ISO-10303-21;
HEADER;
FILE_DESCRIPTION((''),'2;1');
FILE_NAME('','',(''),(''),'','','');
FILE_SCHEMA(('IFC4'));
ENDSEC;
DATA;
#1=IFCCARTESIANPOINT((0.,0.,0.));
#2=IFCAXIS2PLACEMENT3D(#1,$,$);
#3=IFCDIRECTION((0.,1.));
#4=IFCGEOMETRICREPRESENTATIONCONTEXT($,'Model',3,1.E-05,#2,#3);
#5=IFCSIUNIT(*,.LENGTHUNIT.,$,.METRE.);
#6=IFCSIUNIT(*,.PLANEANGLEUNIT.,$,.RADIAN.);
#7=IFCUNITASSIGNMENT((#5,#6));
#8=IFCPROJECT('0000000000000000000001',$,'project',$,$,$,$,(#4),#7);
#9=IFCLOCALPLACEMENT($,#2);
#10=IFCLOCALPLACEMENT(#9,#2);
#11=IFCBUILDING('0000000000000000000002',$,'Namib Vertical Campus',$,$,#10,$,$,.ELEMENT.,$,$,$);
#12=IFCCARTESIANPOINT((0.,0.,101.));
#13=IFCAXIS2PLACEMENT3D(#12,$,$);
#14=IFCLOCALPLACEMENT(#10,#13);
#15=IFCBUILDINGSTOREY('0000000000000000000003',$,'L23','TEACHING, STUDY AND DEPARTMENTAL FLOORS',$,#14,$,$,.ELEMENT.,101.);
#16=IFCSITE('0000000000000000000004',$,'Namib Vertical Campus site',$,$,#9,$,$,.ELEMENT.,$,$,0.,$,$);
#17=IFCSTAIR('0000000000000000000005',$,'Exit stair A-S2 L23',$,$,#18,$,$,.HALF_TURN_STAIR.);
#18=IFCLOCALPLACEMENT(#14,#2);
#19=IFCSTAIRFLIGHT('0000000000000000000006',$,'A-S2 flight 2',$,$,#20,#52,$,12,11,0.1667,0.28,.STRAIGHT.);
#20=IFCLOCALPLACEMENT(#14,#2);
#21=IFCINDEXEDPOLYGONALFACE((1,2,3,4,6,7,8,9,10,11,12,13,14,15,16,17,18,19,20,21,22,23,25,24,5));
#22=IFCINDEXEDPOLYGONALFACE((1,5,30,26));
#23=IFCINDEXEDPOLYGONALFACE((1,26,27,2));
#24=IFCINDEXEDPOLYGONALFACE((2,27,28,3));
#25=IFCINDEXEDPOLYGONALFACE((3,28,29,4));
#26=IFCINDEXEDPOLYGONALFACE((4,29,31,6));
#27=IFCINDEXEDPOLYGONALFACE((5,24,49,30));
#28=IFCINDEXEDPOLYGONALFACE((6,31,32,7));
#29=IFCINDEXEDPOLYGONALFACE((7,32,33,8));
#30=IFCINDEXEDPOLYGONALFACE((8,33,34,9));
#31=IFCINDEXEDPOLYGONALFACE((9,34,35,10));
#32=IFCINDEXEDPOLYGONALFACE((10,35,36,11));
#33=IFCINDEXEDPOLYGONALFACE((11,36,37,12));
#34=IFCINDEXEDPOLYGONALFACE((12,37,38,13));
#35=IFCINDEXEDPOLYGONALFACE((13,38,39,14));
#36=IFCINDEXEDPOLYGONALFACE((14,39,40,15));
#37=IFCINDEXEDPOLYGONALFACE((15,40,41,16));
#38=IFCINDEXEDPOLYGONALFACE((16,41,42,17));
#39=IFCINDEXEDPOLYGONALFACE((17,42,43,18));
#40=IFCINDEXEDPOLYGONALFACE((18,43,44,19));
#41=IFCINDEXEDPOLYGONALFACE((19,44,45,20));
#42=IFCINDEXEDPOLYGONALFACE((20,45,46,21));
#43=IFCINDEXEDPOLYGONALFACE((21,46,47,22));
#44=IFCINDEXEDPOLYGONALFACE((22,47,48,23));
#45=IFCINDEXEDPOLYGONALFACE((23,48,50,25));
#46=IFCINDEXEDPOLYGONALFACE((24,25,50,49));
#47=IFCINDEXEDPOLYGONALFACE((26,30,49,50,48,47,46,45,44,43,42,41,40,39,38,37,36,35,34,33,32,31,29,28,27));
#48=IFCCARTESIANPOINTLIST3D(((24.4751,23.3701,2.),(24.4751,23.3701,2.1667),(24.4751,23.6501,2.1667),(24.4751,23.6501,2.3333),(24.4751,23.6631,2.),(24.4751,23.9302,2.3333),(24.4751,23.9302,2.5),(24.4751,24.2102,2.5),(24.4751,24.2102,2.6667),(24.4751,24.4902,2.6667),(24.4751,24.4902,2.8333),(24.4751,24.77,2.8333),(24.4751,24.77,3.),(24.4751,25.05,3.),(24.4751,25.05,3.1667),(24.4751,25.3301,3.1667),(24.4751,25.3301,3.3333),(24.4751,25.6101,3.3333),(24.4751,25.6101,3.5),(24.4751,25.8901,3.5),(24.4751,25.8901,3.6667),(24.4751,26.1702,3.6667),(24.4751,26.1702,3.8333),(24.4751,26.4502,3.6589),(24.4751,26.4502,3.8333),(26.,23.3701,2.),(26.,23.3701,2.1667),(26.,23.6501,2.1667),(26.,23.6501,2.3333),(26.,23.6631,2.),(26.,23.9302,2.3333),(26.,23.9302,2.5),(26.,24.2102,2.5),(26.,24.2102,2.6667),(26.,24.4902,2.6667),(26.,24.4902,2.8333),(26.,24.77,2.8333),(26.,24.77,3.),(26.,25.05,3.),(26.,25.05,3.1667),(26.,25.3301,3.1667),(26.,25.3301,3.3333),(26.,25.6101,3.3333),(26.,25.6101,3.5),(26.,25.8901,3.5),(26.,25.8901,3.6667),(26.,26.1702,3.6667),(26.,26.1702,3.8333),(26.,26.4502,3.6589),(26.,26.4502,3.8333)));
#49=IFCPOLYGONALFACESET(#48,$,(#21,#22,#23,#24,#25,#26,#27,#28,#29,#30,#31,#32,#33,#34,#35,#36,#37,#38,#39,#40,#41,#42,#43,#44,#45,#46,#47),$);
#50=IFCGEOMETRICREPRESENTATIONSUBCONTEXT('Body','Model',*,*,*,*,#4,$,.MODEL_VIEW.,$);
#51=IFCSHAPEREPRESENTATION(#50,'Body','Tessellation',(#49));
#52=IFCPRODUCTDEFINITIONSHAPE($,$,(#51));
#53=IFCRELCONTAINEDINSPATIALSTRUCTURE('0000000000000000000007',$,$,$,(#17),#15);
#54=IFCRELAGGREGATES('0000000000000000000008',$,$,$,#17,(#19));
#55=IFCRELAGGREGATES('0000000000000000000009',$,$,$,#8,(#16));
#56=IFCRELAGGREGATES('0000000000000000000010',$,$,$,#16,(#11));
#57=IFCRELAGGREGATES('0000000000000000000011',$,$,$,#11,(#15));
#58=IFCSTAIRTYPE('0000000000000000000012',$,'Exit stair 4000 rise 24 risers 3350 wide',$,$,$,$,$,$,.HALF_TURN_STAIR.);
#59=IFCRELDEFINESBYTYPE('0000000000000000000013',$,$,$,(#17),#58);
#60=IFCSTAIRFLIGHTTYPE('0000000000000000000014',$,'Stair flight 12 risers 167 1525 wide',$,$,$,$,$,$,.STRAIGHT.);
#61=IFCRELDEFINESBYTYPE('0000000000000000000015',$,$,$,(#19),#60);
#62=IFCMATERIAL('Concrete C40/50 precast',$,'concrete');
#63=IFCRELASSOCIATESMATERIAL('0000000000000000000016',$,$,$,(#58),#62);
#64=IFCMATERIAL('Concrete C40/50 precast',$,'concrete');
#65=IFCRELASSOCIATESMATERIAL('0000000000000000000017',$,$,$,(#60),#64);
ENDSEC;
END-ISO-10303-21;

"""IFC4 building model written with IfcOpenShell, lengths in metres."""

from ifc_helpers import new_model, si_unit, direction, frame, origin, place, context, subcontext, project, spatial, polyline, outline, extrude, material, type_object, element, aggregate, save


model = new_model("IFC4")

# Units and contexts
model_context = context("Model", 3, precision=1e-05, world=origin(), true_north=direction((0.0, 1.0)))
body_context = subcontext(model_context, "Body", "Model", "MODEL_VIEW")
ifc_project = project(units=[si_unit("LENGTHUNIT", "METRE"), si_unit("PLANEANGLEUNIT", "RADIAN")], contexts=[model_context])

# Site, building, storey
site_placement = place(None, origin())
site = spatial("IfcSite", under=ifc_project, at=site_placement, Name="Namib Vertical Campus site", CompositionType="ELEMENT", RefElevation=0.0)
building_placement = place(site_placement, origin())
building = spatial("IfcBuilding", under=site, at=building_placement, Name="Namib Vertical Campus", CompositionType="ELEMENT")
storey_placement = place(building_placement, frame((0.0, 0.0, 101.0)))
storey = spatial("IfcBuildingStorey", under=building, at=storey_placement, Name="L23", Description="TEACHING, STUDY AND DEPARTMENTAL FLOORS", CompositionType="ELEMENT", Elevation=101.0)

# Stair, stair flight
ifc_material_1 = material(Name="Concrete C40/50 precast", Category="concrete")
stair_type = type_object("IfcStairType", Name="Exit stair 4000 rise 24 risers 3350 wide", PredefinedType="HALF_TURN_STAIR", material=ifc_material_1)
stair_placement = place(storey_placement, origin())
stair = element("IfcStair", 1, at=stair_placement, inside=storey, type_object=stair_type, Name="Exit stair A-S2 L23", PredefinedType="HALF_TURN_STAIR")
ifc_material_2 = material(Name="Concrete C40/50 precast", Category="concrete")
stair_flight_type = type_object("IfcStairFlightType", Name="Stair flight 12 risers 167 1525 wide", PredefinedType="STRAIGHT", material=ifc_material_2)
stair_flight_1_placement = place(storey_placement, frame((25.2375, 23.3701, 2.0), z_axis=(0.0, 0.0, 1.0), x_axis=(0.0, 1.0, 0.0)))
stair_flight_1 = element("IfcStairFlight", 2, at=stair_flight_1_placement, type_object=stair_flight_type, Name="A-S2 flight 2", NumberOfRisers=12, NumberOfTreads=11, PredefinedType="STRAIGHT", RiserHeight=0.1667, TreadLength=0.28, context=body_context, shape_type="SweptSolid", body=[
    extrude(outline(polyline([(0.0, 0.0), (0.0, 0.1667), (0.28, 0.1667), (0.28, 0.3333), (0.5601, 0.3333), (0.5601, 0.5), (0.8401, 0.5), (0.8401, 0.6667), (1.1201, 0.6667), (1.1201, 0.8333), (1.3999, 0.8333), (1.3999, 1.0), (1.6799, 1.0), (1.6799, 1.1667), (1.96, 1.1667), (1.96, 1.3333), (2.24, 1.3333), (2.24, 1.5), (2.52, 1.5), (2.52, 1.6667), (2.8, 1.6667), (2.8, 1.8333), (3.0801, 1.8333), (3.0801, 2.0), (3.0801, 1.6589), (0.293, 0.0), (0.0, 0.0)])), frame((0.0, 0.7625, 0.0), z_axis=(0.0, -1.0, 0.0), x_axis=(1.0, 0.0, 0.0)), (0.0, 0.0, 1.0), 1.5249),
])
aggregate(stair, [stair_flight_1])

save(model, "model.ifc")
